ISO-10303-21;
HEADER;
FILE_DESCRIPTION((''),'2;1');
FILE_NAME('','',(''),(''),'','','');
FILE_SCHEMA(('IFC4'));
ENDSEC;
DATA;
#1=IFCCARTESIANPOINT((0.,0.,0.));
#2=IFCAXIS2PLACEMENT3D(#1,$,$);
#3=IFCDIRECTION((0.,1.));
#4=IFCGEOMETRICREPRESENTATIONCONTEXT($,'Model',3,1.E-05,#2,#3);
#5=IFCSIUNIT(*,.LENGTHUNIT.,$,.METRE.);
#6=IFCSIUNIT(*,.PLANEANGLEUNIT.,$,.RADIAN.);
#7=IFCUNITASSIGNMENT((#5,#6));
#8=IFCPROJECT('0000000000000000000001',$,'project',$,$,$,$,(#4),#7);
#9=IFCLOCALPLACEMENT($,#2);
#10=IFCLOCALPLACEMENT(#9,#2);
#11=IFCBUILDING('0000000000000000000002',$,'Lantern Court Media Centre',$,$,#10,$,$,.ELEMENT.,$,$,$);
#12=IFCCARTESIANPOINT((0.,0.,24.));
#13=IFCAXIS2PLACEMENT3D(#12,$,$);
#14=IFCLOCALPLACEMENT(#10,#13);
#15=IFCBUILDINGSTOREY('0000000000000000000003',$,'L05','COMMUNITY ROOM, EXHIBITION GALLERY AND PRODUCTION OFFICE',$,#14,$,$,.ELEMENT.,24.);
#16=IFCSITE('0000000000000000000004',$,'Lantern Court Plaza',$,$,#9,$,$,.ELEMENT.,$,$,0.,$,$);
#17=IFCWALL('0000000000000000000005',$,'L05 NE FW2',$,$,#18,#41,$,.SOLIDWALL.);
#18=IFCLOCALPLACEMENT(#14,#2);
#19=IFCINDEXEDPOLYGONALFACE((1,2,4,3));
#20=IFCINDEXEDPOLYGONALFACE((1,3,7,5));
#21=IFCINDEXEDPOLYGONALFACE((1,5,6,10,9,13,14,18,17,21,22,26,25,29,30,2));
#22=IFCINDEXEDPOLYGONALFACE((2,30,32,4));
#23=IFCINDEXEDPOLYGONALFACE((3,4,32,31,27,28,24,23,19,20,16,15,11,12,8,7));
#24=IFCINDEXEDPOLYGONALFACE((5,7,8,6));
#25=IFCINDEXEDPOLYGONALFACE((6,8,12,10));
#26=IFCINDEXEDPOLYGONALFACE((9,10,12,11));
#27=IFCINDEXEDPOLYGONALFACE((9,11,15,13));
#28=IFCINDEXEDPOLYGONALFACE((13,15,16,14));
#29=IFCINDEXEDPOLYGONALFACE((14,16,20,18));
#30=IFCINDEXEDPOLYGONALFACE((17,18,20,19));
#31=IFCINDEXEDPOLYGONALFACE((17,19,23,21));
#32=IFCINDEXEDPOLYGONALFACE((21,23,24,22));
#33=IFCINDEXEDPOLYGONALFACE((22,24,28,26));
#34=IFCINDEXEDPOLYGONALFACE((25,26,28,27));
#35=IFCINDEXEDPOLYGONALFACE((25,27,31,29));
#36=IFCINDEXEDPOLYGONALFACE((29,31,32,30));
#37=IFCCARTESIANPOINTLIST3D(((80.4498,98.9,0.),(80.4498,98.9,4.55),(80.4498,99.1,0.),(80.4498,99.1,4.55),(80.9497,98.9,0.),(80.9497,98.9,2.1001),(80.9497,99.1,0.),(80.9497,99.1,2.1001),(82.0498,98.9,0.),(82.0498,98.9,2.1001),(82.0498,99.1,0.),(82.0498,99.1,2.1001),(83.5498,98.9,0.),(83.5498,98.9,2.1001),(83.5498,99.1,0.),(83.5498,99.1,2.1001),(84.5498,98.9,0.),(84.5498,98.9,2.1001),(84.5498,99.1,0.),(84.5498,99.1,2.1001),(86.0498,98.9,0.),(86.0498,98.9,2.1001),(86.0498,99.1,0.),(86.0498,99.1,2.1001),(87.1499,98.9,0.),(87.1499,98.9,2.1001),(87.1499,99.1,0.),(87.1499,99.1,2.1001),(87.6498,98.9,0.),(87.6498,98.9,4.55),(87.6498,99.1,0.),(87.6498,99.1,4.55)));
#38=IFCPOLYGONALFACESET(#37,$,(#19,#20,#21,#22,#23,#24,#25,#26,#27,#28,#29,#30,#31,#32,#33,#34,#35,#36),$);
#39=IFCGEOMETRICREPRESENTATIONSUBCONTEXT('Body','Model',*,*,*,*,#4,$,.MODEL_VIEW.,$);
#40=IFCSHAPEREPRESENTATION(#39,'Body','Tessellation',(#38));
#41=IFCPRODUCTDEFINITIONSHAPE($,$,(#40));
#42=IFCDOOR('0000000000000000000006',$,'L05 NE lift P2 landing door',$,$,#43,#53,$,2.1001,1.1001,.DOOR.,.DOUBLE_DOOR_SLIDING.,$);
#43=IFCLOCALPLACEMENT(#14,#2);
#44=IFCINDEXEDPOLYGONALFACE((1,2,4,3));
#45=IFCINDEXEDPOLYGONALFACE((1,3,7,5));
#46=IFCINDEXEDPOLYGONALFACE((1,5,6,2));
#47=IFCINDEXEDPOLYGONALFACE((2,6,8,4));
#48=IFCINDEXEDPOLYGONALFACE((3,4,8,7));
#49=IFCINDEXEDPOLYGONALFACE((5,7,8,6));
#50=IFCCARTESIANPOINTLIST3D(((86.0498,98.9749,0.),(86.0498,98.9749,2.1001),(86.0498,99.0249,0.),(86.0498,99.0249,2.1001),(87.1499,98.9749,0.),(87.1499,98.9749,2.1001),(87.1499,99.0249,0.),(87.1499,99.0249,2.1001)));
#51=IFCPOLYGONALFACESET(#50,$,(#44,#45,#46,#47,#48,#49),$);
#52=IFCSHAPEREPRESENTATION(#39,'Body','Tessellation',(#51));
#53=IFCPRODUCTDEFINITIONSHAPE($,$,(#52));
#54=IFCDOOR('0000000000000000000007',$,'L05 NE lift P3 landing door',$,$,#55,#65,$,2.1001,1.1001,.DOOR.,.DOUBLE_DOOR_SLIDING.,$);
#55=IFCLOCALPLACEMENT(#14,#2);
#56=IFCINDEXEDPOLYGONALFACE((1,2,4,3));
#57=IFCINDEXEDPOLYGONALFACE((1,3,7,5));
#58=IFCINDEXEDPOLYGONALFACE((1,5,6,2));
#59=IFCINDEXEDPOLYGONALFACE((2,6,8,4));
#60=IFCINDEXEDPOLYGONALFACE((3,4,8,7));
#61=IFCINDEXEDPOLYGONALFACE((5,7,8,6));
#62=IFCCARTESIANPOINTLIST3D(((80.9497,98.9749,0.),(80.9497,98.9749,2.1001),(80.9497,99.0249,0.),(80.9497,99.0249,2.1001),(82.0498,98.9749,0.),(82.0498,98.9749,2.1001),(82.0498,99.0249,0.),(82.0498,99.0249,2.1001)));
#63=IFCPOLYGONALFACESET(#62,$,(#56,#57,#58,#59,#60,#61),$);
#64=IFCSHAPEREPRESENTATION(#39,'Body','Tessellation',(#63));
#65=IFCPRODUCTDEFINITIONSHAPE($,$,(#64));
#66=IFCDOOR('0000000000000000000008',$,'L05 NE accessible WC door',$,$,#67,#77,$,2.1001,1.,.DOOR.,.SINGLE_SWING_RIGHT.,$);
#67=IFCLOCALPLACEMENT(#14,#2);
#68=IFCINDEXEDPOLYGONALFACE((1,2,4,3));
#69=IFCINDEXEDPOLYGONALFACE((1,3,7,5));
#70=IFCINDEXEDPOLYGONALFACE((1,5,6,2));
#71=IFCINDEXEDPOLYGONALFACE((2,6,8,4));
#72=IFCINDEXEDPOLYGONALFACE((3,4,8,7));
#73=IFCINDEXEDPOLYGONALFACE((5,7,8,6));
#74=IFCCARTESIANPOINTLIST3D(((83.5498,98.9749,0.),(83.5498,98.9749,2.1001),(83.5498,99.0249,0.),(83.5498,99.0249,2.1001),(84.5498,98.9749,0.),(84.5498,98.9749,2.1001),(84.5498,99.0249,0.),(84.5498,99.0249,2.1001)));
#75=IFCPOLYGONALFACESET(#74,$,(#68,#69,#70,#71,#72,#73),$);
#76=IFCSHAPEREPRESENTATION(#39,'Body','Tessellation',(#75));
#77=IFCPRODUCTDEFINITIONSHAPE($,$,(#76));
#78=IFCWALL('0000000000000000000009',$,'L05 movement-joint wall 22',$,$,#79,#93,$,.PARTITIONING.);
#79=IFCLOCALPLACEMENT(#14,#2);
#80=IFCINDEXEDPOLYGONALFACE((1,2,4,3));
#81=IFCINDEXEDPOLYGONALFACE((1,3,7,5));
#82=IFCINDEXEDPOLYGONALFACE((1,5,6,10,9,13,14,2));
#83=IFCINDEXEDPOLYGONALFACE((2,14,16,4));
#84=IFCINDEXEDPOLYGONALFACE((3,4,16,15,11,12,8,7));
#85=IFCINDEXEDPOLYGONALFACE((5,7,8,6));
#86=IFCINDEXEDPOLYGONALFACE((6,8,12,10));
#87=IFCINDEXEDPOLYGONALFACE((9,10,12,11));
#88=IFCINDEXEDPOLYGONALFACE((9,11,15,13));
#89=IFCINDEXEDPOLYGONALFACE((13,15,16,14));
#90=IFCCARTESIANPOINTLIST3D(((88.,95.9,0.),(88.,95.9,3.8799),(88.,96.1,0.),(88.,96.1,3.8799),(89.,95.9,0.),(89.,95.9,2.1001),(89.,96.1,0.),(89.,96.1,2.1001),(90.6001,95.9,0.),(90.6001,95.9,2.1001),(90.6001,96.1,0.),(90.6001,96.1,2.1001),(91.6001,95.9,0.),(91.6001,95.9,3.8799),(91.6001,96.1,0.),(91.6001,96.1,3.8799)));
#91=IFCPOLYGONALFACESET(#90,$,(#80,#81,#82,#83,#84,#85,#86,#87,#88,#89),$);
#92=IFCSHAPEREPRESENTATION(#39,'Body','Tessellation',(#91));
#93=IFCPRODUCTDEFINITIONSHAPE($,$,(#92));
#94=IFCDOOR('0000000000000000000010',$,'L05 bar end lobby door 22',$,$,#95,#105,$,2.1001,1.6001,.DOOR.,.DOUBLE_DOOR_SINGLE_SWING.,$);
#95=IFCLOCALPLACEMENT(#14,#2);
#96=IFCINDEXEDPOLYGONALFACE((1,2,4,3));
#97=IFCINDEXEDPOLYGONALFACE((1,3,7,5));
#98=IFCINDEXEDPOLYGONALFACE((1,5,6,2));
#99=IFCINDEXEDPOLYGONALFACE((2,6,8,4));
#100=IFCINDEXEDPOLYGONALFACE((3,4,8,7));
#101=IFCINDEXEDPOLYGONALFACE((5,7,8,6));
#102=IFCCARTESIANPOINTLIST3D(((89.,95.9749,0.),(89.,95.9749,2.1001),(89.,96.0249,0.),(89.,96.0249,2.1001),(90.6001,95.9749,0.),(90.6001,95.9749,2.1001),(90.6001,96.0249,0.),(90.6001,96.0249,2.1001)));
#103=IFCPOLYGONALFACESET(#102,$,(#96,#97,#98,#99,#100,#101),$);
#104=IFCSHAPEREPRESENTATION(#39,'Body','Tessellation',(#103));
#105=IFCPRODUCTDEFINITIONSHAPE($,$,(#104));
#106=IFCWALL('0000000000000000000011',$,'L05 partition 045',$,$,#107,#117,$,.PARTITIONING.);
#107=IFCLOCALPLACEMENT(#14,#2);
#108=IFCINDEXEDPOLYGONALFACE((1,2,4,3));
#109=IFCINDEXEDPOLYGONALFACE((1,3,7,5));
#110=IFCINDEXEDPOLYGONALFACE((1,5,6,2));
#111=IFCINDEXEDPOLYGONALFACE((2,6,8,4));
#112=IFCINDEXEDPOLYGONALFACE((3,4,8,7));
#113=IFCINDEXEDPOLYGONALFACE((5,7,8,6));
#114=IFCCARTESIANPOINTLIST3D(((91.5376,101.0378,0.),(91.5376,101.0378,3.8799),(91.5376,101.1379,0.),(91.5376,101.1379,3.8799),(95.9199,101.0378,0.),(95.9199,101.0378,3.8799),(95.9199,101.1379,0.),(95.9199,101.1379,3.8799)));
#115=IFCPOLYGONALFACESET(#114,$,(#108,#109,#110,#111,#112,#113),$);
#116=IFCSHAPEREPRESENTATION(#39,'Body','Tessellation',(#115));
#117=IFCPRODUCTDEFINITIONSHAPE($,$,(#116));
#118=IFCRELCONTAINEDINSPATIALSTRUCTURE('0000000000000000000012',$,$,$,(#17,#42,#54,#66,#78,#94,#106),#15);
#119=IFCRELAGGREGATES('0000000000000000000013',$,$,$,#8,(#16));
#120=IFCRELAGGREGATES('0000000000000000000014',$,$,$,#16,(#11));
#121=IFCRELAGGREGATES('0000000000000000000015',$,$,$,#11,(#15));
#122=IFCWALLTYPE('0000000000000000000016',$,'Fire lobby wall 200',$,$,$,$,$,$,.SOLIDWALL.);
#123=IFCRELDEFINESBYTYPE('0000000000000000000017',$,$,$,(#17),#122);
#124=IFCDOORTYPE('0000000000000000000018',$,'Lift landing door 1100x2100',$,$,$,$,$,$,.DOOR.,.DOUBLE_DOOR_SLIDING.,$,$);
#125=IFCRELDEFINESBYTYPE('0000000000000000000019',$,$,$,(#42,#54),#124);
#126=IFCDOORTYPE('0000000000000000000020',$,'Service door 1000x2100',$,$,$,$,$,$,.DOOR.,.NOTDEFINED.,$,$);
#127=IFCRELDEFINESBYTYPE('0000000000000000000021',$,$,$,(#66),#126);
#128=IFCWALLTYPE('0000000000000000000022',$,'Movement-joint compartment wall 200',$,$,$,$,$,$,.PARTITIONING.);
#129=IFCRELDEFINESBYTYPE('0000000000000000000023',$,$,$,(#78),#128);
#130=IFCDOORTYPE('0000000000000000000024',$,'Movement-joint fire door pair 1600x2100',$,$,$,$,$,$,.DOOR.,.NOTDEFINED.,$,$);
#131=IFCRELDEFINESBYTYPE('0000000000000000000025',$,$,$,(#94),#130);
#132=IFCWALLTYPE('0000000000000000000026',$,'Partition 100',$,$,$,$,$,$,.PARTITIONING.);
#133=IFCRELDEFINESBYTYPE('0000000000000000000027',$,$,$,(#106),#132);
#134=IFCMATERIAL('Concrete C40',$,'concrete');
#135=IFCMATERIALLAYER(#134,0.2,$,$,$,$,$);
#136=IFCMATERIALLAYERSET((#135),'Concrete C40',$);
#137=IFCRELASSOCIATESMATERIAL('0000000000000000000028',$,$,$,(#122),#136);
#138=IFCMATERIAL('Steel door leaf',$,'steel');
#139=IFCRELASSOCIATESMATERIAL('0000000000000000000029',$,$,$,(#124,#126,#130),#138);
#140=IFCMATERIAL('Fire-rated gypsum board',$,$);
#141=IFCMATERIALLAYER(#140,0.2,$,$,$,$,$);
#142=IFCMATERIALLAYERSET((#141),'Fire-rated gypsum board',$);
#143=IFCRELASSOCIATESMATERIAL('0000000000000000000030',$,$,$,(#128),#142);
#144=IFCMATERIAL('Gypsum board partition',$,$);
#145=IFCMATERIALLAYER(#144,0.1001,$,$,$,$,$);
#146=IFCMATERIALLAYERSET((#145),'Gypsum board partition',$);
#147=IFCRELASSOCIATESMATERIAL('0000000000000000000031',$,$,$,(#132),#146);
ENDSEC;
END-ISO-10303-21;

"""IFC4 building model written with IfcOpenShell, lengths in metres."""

from ifc_helpers import new_model, si_unit, direction, frame, frame_2d, origin, place, context, subcontext, project, spatial, rectangle, extrude, material, layer, layer_set, type_object, element, fill, save


model = new_model("IFC4")

# Units and contexts
model_context = context("Model", 3, precision=1e-05, world=origin(), true_north=direction((0.0, 1.0)))
body_context = subcontext(model_context, "Body", "Model", "MODEL_VIEW")
ifc_project = project(units=[si_unit("LENGTHUNIT", "METRE"), si_unit("PLANEANGLEUNIT", "RADIAN")], contexts=[model_context])

# Site, building, storey
site_placement = place(None, origin())
site = spatial("IfcSite", under=ifc_project, at=site_placement, Name="Lantern Court Plaza", CompositionType="ELEMENT", RefElevation=0.0)
building_placement = place(site_placement, origin())
building = spatial("IfcBuilding", under=site, at=building_placement, Name="Lantern Court Media Centre", CompositionType="ELEMENT")
storey_placement = place(building_placement, frame((0.0, 0.0, 24.0)))
storey = spatial("IfcBuildingStorey", under=building, at=storey_placement, Name="L05", Description="COMMUNITY ROOM, EXHIBITION GALLERY AND PRODUCTION OFFICE", CompositionType="ELEMENT", Elevation=24.0)

# Wall, openings, doors
ifc_material_1 = material(Name="Gypsum board partition")
ifc_material_2 = material(Name="Concrete C40", Category="concrete")
ifc_layer_1 = layer(ifc_material_2, 0.2)
ifc_layer_set_1 = layer_set([ifc_layer_1], Name="Concrete C40")
wall_type_1 = type_object("IfcWallType", Name="Fire lobby wall 200", PredefinedType="SOLIDWALL", material=ifc_layer_set_1)
wall_1_placement = place(storey_placement, frame((87.6499, 99.0, 0.0), z_axis=(0.0, 0.0, 1.0), x_axis=(-1.0, 0.0, 0.0)))
wall_1 = element("IfcWall", 1, at=wall_1_placement, inside=storey, type_object=wall_type_1, Name="L05 NE FW2", PredefinedType="SOLIDWALL", context=body_context, shape_type="SweptSolid", body=[
    extrude(rectangle(XDim=7.2, YDim=0.2, at=frame_2d((3.6001, 0.0))), origin(), (0.0, 0.0, 1.0), 4.55),
])
opening_1_placement = place(wall_1_placement, frame((0.5, 0.0, 0.0)))
opening_1 = element("IfcOpeningElement", 2, at=opening_1_placement, cuts=wall_1, PredefinedType="OPENING", context=body_context, shape_type="SweptSolid", body=[
    extrude(rectangle(XDim=1.1001, YDim=2.1001, at=frame_2d((0.55, 1.05))), frame((0.0, 0.1099, 0.0), z_axis=(0.0, -1.0, 0.0), x_axis=(1.0, 0.0, 0.0)), (0.0, 0.0, 1.0), 0.22),
])
opening_2_placement = place(wall_1_placement, frame((5.6001, 0.0, 0.0)))
opening_2 = element("IfcOpeningElement", 3, at=opening_2_placement, cuts=wall_1, PredefinedType="OPENING", context=body_context, shape_type="SweptSolid", body=[
    extrude(rectangle(XDim=1.1001, YDim=2.1001, at=frame_2d((0.55, 1.05))), frame((0.0, 0.1099, 0.0), z_axis=(0.0, -1.0, 0.0), x_axis=(1.0, 0.0, 0.0)), (0.0, 0.0, 1.0), 0.22),
])
opening_3_placement = place(wall_1_placement, frame((3.1001, 0.0, 0.0)))
opening_3 = element("IfcOpeningElement", 4, at=opening_3_placement, cuts=wall_1, PredefinedType="OPENING", context=body_context, shape_type="SweptSolid", body=[
    extrude(rectangle(XDim=1.0, YDim=2.1001, at=frame_2d((0.5, 1.05))), frame((0.0, 0.1099, 0.0), z_axis=(0.0, -1.0, 0.0), x_axis=(1.0, 0.0, 0.0)), (0.0, 0.0, 1.0), 0.22),
])
ifc_material_3 = material(Name="Steel door leaf", Category="steel")
door_type_1 = type_object("IfcDoorType", Name="Lift landing door 1100x2100", OperationType="DOUBLE_DOOR_SLIDING", PredefinedType="DOOR", material=ifc_material_3)
door_1_placement = place(opening_1_placement, frame((1.1001, 0.0, 0.0), z_axis=(0.0, 0.0, 1.0), x_axis=(-1.0, 0.0, 0.0)))
door_1 = element("IfcDoor", 5, at=door_1_placement, inside=storey, type_object=door_type_1, Name="L05 NE lift P2 landing door", OperationType="DOUBLE_DOOR_SLIDING", OverallHeight=2.1001, OverallWidth=1.1001, PredefinedType="DOOR", context=body_context, shape_type="SweptSolid", body=[
    extrude(rectangle(XDim=1.1001, YDim=2.1001, at=frame_2d((0.55, 1.05))), frame((0.0, 0.0249, 0.0), z_axis=(0.0, -1.0, 0.0), x_axis=(1.0, 0.0, 0.0)), (0.0, 0.0, 1.0), 0.05),
])
fill(opening_1, door_1)
door_2_placement = place(opening_2_placement, frame((1.1001, 0.0, 0.0), z_axis=(0.0, 0.0, 1.0), x_axis=(-1.0, 0.0, 0.0)))
door_2 = element("IfcDoor", 6, at=door_2_placement, inside=storey, type_object=door_type_1, Name="L05 NE lift P3 landing door", OperationType="DOUBLE_DOOR_SLIDING", OverallHeight=2.1001, OverallWidth=1.1001, PredefinedType="DOOR", context=body_context, shape_type="SweptSolid", body=[
    extrude(rectangle(XDim=1.1001, YDim=2.1001, at=frame_2d((0.55, 1.05))), frame((0.0, 0.0249, 0.0), z_axis=(0.0, -1.0, 0.0), x_axis=(1.0, 0.0, 0.0)), (0.0, 0.0, 1.0), 0.05),
])
fill(opening_2, door_2)
door_type_2 = type_object("IfcDoorType", Name="Service door 1000x2100", OperationType="NOTDEFINED", PredefinedType="DOOR", material=ifc_material_3)
door_3_placement = place(opening_3_placement, frame((1.0, 0.0, 0.0), z_axis=(0.0, 0.0, 1.0), x_axis=(-1.0, 0.0, 0.0)))
door_3 = element("IfcDoor", 7, at=door_3_placement, inside=storey, type_object=door_type_2, Name="L05 NE accessible WC door", OperationType="SINGLE_SWING_RIGHT", OverallHeight=2.1001, OverallWidth=1.0, PredefinedType="DOOR", context=body_context, shape_type="SweptSolid", body=[
    extrude(rectangle(XDim=1.0, YDim=2.1001, at=frame_2d((0.5, 1.05))), frame((0.0, 0.0249, 0.0), z_axis=(0.0, -1.0, 0.0), x_axis=(1.0, 0.0, 0.0)), (0.0, 0.0, 1.0), 0.05),
])
fill(opening_3, door_3)

# Wall, opening, door
ifc_material_4 = material(Name="Fire-rated gypsum board")
ifc_layer_2 = layer(ifc_material_4, 0.2)
ifc_layer_set_2 = layer_set([ifc_layer_2], Name="Fire-rated gypsum board")
wall_type_2 = type_object("IfcWallType", Name="Movement-joint compartment wall 200", PredefinedType="PARTITIONING", material=ifc_layer_set_2)
wall_2_placement = place(storey_placement, frame((88.0, 96.0, 0.0), z_axis=(0.0, 0.0, 1.0), x_axis=(1.0, 0.0, 0.0)))
wall_2 = element("IfcWall", 8, at=wall_2_placement, inside=storey, type_object=wall_type_2, Name="L05 movement-joint wall 22", PredefinedType="PARTITIONING", context=body_context, shape_type="SweptSolid", body=[
    extrude(rectangle(XDim=3.6001, YDim=0.2, at=frame_2d((1.8, 0.0))), origin(), (0.0, 0.0, 1.0), 3.8799),
])
opening_4_placement = place(wall_2_placement, frame((1.0, 0.0, 0.0)))
opening_4 = element("IfcOpeningElement", 9, at=opening_4_placement, cuts=wall_2, PredefinedType="OPENING", context=body_context, shape_type="SweptSolid", body=[
    extrude(rectangle(XDim=1.6001, YDim=2.1001, at=frame_2d((0.8, 1.05))), frame((0.0, 0.1099, 0.0), z_axis=(0.0, -1.0, 0.0), x_axis=(1.0, 0.0, 0.0)), (0.0, 0.0, 1.0), 0.22),
])
door_type_3 = type_object("IfcDoorType", Name="Movement-joint fire door pair 1600x2100", OperationType="NOTDEFINED", PredefinedType="DOOR", material=ifc_material_3)
door_4_placement = place(opening_4_placement, origin())
door_4 = element("IfcDoor", 10, at=door_4_placement, inside=storey, type_object=door_type_3, Name="L05 bar end lobby door 22", OperationType="DOUBLE_DOOR_SINGLE_SWING", OverallHeight=2.1001, OverallWidth=1.6001, PredefinedType="DOOR", context=body_context, shape_type="SweptSolid", body=[
    extrude(rectangle(XDim=1.6001, YDim=2.1001, at=frame_2d((0.8, 1.05))), frame((0.0, 0.0249, 0.0), z_axis=(0.0, -1.0, 0.0), x_axis=(1.0, 0.0, 0.0)), (0.0, 0.0, 1.0), 0.05),
])
fill(opening_4, door_4)

# Wall
ifc_layer_3 = layer(ifc_material_1, 0.1001)
ifc_layer_set_3 = layer_set([ifc_layer_3], Name="Gypsum board partition")
wall_type_3 = type_object("IfcWallType", Name="Partition 100", PredefinedType="PARTITIONING", material=ifc_layer_set_3)
wall_3_placement = place(storey_placement, frame((91.5376, 101.0879, 0.0), z_axis=(0.0, 0.0, 1.0), x_axis=(1.0, 0.0, 0.0)))
element("IfcWall", 11, at=wall_3_placement, inside=storey, type_object=wall_type_3, Name="L05 partition 045", PredefinedType="PARTITIONING", context=body_context, shape_type="SweptSolid", body=[
    extrude(rectangle(XDim=4.3823, YDim=0.1001, at=frame_2d((2.1912, 0.0))), origin(), (0.0, 0.0, 1.0), 3.8799),
])

save(model, "model.ifc")
